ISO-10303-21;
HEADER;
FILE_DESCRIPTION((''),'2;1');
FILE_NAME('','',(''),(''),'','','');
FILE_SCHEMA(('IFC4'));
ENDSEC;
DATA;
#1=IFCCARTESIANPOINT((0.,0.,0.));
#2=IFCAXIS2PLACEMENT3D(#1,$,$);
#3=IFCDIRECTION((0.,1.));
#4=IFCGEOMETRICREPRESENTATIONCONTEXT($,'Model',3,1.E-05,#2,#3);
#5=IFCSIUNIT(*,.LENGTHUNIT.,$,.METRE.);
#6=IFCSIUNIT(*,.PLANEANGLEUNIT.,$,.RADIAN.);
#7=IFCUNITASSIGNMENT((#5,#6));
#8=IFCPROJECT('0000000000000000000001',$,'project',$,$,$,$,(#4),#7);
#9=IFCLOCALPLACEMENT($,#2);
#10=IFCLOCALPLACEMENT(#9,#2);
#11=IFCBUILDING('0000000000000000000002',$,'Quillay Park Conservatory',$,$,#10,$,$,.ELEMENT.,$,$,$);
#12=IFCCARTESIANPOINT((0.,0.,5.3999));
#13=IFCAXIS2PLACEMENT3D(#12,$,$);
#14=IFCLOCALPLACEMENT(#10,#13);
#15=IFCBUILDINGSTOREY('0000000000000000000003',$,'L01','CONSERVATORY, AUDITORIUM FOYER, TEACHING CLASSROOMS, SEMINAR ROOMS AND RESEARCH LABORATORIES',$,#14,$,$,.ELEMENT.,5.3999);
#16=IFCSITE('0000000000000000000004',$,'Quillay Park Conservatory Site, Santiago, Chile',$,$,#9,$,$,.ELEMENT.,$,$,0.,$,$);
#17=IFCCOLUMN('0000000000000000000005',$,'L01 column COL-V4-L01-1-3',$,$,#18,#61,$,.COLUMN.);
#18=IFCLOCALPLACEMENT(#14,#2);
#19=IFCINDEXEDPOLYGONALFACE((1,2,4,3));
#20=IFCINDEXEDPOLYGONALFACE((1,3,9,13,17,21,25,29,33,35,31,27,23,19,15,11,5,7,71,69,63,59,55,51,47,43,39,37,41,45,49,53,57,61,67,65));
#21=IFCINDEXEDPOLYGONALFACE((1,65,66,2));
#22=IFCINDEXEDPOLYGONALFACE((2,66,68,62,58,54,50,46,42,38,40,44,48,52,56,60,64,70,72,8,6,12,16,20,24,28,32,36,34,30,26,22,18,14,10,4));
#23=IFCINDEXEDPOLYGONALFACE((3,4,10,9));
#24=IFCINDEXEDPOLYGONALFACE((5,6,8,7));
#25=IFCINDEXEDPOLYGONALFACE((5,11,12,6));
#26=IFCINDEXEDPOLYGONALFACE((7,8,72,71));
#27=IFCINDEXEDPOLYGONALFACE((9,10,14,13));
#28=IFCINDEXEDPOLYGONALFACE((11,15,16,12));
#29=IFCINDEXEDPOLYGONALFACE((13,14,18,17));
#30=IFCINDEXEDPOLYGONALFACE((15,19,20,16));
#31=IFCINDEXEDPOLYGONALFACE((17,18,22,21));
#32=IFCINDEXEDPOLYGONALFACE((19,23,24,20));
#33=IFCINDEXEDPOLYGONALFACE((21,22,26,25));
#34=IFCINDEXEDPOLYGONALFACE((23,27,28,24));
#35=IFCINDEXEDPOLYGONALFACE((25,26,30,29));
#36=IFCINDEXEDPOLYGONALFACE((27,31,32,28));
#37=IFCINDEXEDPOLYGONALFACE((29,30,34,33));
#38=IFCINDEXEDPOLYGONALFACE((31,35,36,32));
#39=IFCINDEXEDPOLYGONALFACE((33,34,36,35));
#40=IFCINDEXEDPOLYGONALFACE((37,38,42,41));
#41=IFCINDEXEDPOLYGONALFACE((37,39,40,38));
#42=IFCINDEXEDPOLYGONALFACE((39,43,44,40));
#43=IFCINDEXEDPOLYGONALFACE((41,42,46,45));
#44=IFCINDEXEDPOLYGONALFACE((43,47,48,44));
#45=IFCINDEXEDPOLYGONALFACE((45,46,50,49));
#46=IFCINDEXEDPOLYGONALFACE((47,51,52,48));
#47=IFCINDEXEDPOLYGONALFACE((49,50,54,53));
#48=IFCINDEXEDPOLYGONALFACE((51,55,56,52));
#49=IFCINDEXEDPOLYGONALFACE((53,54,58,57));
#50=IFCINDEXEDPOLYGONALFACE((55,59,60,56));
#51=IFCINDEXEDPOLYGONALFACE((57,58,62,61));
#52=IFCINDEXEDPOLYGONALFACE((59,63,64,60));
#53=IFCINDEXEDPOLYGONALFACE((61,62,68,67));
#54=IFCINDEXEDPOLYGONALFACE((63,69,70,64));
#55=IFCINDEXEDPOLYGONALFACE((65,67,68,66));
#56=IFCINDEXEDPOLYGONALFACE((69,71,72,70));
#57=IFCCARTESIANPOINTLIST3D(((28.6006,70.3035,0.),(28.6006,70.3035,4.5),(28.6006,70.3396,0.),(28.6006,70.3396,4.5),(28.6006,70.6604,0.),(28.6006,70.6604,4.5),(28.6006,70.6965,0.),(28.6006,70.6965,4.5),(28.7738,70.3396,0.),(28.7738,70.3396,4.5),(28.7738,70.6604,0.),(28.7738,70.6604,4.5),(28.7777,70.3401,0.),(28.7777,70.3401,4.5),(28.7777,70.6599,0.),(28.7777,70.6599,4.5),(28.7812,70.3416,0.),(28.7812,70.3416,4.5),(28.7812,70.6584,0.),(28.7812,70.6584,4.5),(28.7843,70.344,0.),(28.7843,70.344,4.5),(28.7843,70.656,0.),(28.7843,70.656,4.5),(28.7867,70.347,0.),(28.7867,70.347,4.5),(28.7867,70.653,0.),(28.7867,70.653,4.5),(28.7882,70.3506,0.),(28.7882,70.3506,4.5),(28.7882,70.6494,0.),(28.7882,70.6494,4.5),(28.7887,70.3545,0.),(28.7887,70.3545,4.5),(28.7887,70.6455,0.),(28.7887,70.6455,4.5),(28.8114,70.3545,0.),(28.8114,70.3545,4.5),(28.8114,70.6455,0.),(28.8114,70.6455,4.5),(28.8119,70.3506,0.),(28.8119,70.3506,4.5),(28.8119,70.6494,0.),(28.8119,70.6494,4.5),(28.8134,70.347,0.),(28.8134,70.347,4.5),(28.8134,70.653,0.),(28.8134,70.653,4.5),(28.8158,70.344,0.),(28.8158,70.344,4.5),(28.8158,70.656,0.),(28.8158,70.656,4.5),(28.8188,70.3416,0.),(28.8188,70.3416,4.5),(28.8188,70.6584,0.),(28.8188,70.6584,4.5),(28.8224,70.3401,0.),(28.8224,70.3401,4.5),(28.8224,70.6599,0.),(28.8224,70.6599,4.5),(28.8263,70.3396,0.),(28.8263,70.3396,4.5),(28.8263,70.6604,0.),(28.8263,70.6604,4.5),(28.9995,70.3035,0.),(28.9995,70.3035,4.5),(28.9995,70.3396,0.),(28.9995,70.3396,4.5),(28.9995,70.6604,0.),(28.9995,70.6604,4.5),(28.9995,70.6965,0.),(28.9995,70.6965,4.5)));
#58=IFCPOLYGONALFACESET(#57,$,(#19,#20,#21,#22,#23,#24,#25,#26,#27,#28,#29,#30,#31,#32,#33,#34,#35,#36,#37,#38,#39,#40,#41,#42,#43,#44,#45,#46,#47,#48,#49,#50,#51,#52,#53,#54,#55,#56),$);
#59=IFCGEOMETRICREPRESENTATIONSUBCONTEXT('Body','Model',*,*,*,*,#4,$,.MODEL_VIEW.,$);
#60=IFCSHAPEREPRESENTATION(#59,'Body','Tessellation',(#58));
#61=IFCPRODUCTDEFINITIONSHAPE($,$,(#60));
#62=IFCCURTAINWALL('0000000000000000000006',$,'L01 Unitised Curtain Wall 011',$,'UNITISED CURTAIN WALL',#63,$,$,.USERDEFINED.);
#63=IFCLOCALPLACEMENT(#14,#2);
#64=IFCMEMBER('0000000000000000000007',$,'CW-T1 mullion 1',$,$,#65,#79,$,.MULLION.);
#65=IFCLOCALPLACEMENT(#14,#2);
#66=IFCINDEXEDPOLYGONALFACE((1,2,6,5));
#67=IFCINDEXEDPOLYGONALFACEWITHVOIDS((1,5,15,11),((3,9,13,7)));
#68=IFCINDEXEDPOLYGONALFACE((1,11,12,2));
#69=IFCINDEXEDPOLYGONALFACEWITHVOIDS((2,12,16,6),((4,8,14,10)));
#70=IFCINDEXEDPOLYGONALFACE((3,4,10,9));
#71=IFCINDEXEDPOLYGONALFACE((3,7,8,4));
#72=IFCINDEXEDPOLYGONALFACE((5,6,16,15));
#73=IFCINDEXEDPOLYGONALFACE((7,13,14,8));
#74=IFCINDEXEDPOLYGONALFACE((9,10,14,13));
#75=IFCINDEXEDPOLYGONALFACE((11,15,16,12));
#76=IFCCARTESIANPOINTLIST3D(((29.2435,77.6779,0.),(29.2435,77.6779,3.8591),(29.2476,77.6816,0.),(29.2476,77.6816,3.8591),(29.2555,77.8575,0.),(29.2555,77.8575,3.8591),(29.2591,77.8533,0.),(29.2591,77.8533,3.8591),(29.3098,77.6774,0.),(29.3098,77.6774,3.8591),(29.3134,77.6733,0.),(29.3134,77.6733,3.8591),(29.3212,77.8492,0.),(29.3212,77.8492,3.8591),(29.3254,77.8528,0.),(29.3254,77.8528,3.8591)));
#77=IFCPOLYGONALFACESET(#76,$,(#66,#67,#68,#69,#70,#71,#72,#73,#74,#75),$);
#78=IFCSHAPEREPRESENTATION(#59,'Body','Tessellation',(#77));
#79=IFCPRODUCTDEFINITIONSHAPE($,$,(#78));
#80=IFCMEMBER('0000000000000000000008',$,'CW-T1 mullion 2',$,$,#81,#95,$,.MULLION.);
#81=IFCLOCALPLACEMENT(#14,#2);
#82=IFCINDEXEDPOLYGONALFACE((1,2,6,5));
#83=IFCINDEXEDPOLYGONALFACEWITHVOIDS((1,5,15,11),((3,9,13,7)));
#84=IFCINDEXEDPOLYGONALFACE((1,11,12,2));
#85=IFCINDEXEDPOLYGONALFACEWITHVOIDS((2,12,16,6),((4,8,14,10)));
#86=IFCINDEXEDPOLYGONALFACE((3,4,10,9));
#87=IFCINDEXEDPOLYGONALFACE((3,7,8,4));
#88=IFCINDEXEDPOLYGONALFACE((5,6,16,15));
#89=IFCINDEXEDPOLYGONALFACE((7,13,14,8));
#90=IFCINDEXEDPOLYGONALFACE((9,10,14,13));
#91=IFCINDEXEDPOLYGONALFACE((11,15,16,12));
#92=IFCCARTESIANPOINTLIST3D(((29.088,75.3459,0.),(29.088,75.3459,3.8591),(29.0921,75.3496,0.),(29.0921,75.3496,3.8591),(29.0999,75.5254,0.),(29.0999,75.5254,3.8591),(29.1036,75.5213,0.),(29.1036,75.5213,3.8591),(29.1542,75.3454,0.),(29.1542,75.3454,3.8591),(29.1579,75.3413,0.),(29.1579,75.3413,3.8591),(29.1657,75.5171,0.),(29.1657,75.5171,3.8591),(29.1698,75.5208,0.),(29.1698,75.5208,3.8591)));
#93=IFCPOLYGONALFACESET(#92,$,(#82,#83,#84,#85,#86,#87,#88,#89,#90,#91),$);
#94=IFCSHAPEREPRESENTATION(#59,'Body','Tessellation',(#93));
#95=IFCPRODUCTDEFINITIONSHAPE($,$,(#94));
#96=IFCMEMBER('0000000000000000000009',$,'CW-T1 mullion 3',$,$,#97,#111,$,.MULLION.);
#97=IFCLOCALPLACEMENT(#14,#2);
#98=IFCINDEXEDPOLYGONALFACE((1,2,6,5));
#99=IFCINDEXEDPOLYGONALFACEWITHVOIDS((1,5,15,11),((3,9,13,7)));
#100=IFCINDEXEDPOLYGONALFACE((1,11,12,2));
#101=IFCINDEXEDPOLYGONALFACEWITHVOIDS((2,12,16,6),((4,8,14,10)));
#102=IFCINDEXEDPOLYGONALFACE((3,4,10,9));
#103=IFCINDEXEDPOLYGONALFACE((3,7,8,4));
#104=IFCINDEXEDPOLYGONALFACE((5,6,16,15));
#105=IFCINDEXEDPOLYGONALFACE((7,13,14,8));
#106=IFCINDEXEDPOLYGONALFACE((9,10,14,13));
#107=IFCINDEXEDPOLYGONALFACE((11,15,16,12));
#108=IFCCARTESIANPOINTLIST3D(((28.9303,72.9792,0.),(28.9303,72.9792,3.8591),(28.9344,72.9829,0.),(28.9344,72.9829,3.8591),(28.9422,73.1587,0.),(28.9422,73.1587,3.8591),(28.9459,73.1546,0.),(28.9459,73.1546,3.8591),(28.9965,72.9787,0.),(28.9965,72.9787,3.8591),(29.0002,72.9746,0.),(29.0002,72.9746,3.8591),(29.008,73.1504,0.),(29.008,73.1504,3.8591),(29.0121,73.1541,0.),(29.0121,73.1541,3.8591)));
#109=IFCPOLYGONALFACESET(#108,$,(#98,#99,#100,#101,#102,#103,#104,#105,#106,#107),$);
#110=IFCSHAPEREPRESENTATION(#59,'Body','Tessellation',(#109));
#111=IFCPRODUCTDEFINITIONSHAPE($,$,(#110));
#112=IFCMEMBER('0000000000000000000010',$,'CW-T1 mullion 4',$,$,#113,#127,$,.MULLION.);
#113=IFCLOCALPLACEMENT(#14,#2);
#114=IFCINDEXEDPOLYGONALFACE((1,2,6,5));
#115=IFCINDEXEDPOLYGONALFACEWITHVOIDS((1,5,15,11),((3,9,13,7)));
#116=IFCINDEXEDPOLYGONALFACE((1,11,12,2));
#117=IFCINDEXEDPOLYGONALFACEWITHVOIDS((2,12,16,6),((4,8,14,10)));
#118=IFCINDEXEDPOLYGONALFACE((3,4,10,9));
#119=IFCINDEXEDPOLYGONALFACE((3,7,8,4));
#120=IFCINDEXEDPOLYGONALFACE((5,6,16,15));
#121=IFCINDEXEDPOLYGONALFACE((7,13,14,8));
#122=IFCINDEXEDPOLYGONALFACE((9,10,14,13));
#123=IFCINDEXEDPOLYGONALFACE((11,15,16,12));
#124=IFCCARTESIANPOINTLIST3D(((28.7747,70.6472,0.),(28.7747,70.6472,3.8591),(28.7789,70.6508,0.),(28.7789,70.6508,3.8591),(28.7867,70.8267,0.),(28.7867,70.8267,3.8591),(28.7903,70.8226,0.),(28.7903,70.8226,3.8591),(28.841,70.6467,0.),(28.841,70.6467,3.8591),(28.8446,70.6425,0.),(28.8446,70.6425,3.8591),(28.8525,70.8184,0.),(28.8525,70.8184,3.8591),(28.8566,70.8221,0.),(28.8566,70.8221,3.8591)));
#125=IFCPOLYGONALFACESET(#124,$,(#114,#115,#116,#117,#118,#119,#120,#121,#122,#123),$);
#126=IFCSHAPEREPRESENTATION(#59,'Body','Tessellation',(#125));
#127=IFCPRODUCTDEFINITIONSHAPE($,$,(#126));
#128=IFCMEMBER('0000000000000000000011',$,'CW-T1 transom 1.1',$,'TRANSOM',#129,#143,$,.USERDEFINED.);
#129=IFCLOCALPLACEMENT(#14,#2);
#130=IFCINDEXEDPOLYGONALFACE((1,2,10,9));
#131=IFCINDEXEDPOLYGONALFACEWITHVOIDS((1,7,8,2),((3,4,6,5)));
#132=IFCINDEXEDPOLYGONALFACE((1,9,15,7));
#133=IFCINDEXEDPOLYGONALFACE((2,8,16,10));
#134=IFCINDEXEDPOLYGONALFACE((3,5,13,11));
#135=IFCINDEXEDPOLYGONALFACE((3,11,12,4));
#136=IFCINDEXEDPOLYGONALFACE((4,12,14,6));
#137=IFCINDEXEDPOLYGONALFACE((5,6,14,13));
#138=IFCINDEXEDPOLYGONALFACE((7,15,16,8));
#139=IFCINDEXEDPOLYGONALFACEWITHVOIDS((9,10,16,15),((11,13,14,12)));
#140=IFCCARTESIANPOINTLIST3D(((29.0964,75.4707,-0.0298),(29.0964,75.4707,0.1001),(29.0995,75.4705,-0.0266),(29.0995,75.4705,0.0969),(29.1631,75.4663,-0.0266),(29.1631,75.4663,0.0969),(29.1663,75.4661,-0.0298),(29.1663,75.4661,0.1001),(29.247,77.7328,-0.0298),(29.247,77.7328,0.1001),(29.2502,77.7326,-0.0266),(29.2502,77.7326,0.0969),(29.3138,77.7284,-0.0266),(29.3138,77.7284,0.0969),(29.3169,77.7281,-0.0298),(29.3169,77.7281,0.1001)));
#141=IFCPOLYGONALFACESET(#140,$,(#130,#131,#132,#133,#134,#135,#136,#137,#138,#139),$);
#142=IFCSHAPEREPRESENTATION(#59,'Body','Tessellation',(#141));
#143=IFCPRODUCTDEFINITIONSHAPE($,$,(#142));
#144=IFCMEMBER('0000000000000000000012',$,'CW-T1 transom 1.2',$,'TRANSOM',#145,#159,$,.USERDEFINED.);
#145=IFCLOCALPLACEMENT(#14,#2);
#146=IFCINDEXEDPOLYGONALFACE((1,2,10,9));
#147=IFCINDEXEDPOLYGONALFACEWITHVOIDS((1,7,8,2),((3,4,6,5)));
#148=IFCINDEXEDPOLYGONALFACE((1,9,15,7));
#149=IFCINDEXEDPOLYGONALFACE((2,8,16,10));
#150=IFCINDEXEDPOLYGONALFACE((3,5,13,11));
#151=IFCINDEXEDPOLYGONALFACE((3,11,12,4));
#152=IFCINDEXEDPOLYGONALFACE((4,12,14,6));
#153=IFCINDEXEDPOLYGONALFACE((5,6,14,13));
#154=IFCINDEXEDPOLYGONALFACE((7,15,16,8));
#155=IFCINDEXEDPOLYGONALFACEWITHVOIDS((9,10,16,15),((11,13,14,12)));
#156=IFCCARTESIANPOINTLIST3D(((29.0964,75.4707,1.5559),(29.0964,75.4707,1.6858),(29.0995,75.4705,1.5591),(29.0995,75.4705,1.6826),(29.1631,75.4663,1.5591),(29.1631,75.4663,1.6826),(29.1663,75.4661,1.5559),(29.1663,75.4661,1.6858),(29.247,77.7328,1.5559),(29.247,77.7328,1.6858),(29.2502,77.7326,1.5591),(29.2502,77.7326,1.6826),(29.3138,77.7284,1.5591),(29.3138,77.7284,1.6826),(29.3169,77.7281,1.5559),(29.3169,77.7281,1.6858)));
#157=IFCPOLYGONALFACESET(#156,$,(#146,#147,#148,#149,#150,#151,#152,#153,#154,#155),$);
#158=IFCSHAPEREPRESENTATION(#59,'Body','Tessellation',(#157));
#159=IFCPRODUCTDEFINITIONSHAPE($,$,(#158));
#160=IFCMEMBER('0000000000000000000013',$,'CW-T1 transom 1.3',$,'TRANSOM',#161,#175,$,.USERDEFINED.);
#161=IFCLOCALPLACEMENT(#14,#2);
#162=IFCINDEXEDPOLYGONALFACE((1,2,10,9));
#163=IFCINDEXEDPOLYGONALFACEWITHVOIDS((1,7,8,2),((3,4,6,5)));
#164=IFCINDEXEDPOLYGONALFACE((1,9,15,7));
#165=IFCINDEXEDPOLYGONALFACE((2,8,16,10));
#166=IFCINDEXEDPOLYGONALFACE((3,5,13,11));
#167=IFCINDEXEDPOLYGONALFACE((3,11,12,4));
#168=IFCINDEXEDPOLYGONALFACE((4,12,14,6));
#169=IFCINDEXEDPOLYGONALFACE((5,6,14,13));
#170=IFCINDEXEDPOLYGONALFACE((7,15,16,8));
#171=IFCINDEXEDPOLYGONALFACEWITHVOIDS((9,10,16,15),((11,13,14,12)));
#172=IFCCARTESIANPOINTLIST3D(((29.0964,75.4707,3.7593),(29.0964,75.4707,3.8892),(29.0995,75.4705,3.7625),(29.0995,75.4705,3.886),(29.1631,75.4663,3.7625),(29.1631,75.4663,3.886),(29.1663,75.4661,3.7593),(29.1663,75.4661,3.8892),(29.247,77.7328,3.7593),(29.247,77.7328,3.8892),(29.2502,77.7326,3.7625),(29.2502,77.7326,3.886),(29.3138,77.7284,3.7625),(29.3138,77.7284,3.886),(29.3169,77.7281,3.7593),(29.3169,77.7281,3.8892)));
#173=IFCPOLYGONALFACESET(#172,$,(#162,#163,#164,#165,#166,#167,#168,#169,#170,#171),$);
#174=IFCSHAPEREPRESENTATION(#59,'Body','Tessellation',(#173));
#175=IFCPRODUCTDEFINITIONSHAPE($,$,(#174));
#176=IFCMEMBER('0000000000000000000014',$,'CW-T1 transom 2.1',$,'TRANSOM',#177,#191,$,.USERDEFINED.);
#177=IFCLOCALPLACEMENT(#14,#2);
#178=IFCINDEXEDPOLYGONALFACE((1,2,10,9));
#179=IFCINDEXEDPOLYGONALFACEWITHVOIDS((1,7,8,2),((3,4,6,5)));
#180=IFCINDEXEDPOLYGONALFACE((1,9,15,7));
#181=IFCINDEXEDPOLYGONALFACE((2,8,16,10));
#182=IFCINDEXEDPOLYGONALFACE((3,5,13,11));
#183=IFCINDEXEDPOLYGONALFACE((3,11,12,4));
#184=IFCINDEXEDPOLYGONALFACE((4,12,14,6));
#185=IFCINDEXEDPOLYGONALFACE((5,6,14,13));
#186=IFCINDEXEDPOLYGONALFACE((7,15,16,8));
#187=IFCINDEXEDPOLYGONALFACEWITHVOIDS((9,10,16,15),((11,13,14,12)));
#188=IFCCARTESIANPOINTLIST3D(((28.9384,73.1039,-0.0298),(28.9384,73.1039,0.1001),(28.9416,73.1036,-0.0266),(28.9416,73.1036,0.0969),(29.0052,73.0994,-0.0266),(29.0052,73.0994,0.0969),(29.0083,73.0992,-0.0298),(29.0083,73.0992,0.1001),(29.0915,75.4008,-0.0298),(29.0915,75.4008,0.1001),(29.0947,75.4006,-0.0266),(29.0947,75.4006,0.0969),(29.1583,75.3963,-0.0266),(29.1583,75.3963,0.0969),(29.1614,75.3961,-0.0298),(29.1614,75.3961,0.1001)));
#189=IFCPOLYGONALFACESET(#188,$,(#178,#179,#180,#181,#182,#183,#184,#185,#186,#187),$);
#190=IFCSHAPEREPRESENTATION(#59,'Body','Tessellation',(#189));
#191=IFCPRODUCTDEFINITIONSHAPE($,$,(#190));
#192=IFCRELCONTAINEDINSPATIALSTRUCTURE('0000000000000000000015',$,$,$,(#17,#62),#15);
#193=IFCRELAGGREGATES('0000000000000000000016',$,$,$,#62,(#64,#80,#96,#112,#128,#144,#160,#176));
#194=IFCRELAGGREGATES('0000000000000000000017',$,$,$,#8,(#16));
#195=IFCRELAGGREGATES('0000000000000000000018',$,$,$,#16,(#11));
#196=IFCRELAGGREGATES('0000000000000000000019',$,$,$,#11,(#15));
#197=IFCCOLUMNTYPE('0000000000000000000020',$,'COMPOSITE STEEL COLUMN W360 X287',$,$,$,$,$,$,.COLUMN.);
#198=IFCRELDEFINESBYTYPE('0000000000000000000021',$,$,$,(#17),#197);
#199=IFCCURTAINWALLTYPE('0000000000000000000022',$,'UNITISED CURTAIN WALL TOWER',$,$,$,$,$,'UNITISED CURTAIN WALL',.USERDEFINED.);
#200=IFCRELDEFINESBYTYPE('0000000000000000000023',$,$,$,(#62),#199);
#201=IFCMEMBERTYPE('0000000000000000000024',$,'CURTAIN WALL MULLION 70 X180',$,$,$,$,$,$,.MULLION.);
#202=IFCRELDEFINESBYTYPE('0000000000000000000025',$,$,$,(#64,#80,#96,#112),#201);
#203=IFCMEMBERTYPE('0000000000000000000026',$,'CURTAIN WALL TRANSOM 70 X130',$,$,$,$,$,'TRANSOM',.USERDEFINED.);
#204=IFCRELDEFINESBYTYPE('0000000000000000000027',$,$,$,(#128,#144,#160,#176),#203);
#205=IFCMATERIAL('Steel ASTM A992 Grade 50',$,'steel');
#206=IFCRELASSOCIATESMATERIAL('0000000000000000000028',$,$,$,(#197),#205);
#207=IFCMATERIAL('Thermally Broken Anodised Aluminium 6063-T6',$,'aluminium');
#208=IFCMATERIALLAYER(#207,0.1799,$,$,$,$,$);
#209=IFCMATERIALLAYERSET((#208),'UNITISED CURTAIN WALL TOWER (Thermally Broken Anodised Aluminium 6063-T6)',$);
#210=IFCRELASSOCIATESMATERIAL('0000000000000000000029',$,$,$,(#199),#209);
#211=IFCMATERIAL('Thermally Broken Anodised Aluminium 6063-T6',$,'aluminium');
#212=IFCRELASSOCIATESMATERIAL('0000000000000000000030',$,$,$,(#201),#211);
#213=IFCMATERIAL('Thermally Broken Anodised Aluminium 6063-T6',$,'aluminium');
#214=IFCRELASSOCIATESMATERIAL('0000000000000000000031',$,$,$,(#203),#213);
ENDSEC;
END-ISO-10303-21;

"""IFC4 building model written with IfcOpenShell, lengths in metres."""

from ifc_helpers import new_model, si_unit, direction, frame, origin, origin_2d, place, context, subcontext, project, spatial, hollow_rectangle, i_section, extrude, material, layer, layer_set, material_profile, profile_set, type_object, element, aggregate, save


model = new_model("IFC4")

# Units and contexts
model_context = context("Model", 3, precision=1e-05, world=origin(), true_north=direction((0.0, 1.0)))
body_context = subcontext(model_context, "Body", "Model", "MODEL_VIEW")
ifc_project = project(units=[si_unit("LENGTHUNIT", "METRE"), si_unit("PLANEANGLEUNIT", "RADIAN")], contexts=[model_context])

# Site, building, storey
site_placement = place(None, origin())
site = spatial("IfcSite", under=ifc_project, at=site_placement, Name="Quillay Park Conservatory Site, Santiago, Chile", CompositionType="ELEMENT", RefElevation=0.0)
building_placement = place(site_placement, origin())
building = spatial("IfcBuilding", under=site, at=building_placement, Name="Quillay Park Conservatory", CompositionType="ELEMENT")
storey_placement = place(building_placement, frame((0.0, 0.0, 5.3999)))
storey = spatial("IfcBuildingStorey", under=building, at=storey_placement, Name="L01", Description="CONSERVATORY, AUDITORIUM FOYER, TEACHING CLASSROOMS, SEMINAR ROOMS AND RESEARCH LABORATORIES", CompositionType="ELEMENT", Elevation=5.3999)

# Column
ifc_material_1 = material(Name="Steel ASTM A992 Grade 50", Category="steel")
ifc_material_profile_1 = material_profile(ifc_material_1, i_section(OverallWidth=0.3989, OverallDepth=0.3931, WebThickness=0.0227, FlangeThickness=0.0361, FilletRadius=0.0149, at=origin_2d()), Name="W360x287")
ifc_profile_set_1 = profile_set([ifc_material_profile_1], Name="Steel ASTM A992 Grade 50")
column_type = type_object("IfcColumnType", Name="COMPOSITE STEEL COLUMN W360 X287", PredefinedType="COLUMN", material=ifc_profile_set_1)
column_placement = place(storey_placement, frame((28.8, 70.5, 0.0), z_axis=(0.0, 0.0, 1.0), x_axis=(1.0, 0.0, 0.0)))
element("IfcColumn", 1, at=column_placement, inside=storey, type_object=column_type, Name="L01 column COL-V4-L01-1-3", PredefinedType="COLUMN", context=body_context, shape_type="SweptSolid", body=[
    extrude(i_section(OverallWidth=0.3989, OverallDepth=0.3931, WebThickness=0.0227, FlangeThickness=0.0361, FilletRadius=0.0149, at=origin_2d()), origin(), (0.0, 0.0, 1.0), 4.5),
])

# Curtain wall, members
ifc_material_2 = material(Name="Thermally Broken Anodised Aluminium 6063-T6", Category="aluminium")
ifc_layer_1 = layer(ifc_material_2, 0.1799)
ifc_layer_set_1 = layer_set([ifc_layer_1], Name="UNITISED CURTAIN WALL TOWER (Thermally Broken Anodised Aluminium 6063-T6)")
curtain_wall_type = type_object("IfcCurtainWallType", Name="UNITISED CURTAIN WALL TOWER", ElementType="UNITISED CURTAIN WALL", PredefinedType="USERDEFINED", material=ifc_layer_set_1)
curtain_wall_placement = place(storey_placement, origin())
curtain_wall = element("IfcCurtainWall", 2, at=curtain_wall_placement, inside=storey, type_object=curtain_wall_type, Name="L01 Unitised Curtain Wall 011", ObjectType="UNITISED CURTAIN WALL", PredefinedType="USERDEFINED")
ifc_material_3 = material(Name="Thermally Broken Anodised Aluminium 6063-T6", Category="aluminium")
ifc_material_profile_2 = material_profile(ifc_material_3, hollow_rectangle(XDim=0.0701, YDim=0.1799, WallThickness=0.0039, at=origin_2d()), Name="AL70x180x4")
ifc_profile_set_2 = profile_set([ifc_material_profile_2], Name="Thermally Broken Anodised Aluminium 6063-T6")
member_type_1 = type_object("IfcMemberType", Name="CURTAIN WALL MULLION 70 X180", PredefinedType="MULLION", material=ifc_profile_set_2)
member_1_placement = place(storey_placement, frame((29.2844, 77.7654, 0.0), z_axis=(0.0, 0.0, 1.0), x_axis=(0.997785, -0.066521, 0.0)))
member_1 = element("IfcMember", 3, at=member_1_placement, type_object=member_type_1, Name="CW-T1 mullion 1", PredefinedType="MULLION", context=body_context, shape_type="SweptSolid", body=[
    extrude(hollow_rectangle(XDim=0.0701, YDim=0.1799, WallThickness=0.0039, at=origin_2d()), origin(), (0.0, 0.0, 1.0), 3.8591),
])
member_2_placement = place(storey_placement, frame((29.1289, 75.4333, 0.0), z_axis=(0.0, 0.0, 1.0), x_axis=(0.997785, -0.066521, 0.0)))
member_2 = element("IfcMember", 4, at=member_2_placement, type_object=member_type_1, Name="CW-T1 mullion 2", PredefinedType="MULLION", context=body_context, shape_type="SweptSolid", body=[
    extrude(hollow_rectangle(XDim=0.0701, YDim=0.1799, WallThickness=0.0039, at=origin_2d()), origin(), (0.0, 0.0, 1.0), 3.8591),
])
member_3_placement = place(storey_placement, frame((28.9712, 73.0667, 0.0), z_axis=(0.0, 0.0, 1.0), x_axis=(0.997785, -0.066521, 0.0)))
member_3 = element("IfcMember", 5, at=member_3_placement, type_object=member_type_1, Name="CW-T1 mullion 3", PredefinedType="MULLION", context=body_context, shape_type="SweptSolid", body=[
    extrude(hollow_rectangle(XDim=0.0701, YDim=0.1799, WallThickness=0.0039, at=origin_2d()), origin(), (0.0, 0.0, 1.0), 3.8591),
])
member_4_placement = place(storey_placement, frame((28.8157, 70.7346, 0.0), z_axis=(0.0, 0.0, 1.0), x_axis=(0.997785, -0.066521, 0.0)))
member_4 = element("IfcMember", 6, at=member_4_placement, type_object=member_type_1, Name="CW-T1 mullion 4", PredefinedType="MULLION", context=body_context, shape_type="SweptSolid", body=[
    extrude(hollow_rectangle(XDim=0.0701, YDim=0.1799, WallThickness=0.0039, at=origin_2d()), origin(), (0.0, 0.0, 1.0), 3.8591),
])
ifc_material_4 = material(Name="Thermally Broken Anodised Aluminium 6063-T6", Category="aluminium")
ifc_material_profile_3 = material_profile(ifc_material_4, hollow_rectangle(XDim=0.0701, YDim=0.1299, WallThickness=0.0032, at=origin_2d()), Name="AL70x130x3.2")
ifc_profile_set_3 = profile_set([ifc_material_profile_3], Name="Thermally Broken Anodised Aluminium 6063-T6")
member_type_2 = type_object("IfcMemberType", Name="CURTAIN WALL TRANSOM 70 X130", ElementType="TRANSOM", PredefinedType="USERDEFINED", material=ifc_profile_set_3)
member_5_placement = place(storey_placement, frame((29.282, 77.7305, 0.0352), z_axis=(-0.066448, -0.99779, 0.0), x_axis=(0.99779, -0.066448, 0.0)))
member_5 = element("IfcMember", 7, at=member_5_placement, type_object=member_type_2, Name="CW-T1 transom 1.1", ObjectType="TRANSOM", PredefinedType="USERDEFINED", context=body_context, shape_type="SweptSolid", body=[
    extrude(hollow_rectangle(XDim=0.0701, YDim=0.1299, WallThickness=0.0032, at=origin_2d()), origin(), (0.0, 0.0, 1.0), 2.2671),
])
member_6_placement = place(storey_placement, frame((29.282, 77.7305, 1.6208), z_axis=(-0.066448, -0.99779, 0.0), x_axis=(0.99779, -0.066448, 0.0)))
member_6 = element("IfcMember", 8, at=member_6_placement, type_object=member_type_2, Name="CW-T1 transom 1.2", ObjectType="TRANSOM", PredefinedType="USERDEFINED", context=body_context, shape_type="SweptSolid", body=[
    extrude(hollow_rectangle(XDim=0.0701, YDim=0.1299, WallThickness=0.0032, at=origin_2d()), origin(), (0.0, 0.0, 1.0), 2.2671),
])
member_7_placement = place(storey_placement, frame((29.282, 77.7305, 3.8242), z_axis=(-0.066448, -0.99779, 0.0), x_axis=(0.99779, -0.066448, 0.0)))
member_7 = element("IfcMember", 9, at=member_7_placement, type_object=member_type_2, Name="CW-T1 transom 1.3", ObjectType="TRANSOM", PredefinedType="USERDEFINED", context=body_context, shape_type="SweptSolid", body=[
    extrude(hollow_rectangle(XDim=0.0701, YDim=0.1299, WallThickness=0.0032, at=origin_2d()), origin(), (0.0, 0.0, 1.0), 2.2671),
])
member_8_placement = place(storey_placement, frame((29.1265, 75.3984, 0.0352), z_axis=(-0.066498, -0.997787, 0.0), x_axis=(0.997787, -0.066498, 0.0)))
member_8 = element("IfcMember", 10, at=member_8_placement, type_object=member_type_2, Name="CW-T1 transom 2.1", ObjectType="TRANSOM", PredefinedType="USERDEFINED", context=body_context, shape_type="SweptSolid", body=[
    extrude(hollow_rectangle(XDim=0.0701, YDim=0.1299, WallThickness=0.0032, at=origin_2d()), origin(), (0.0, 0.0, 1.0), 2.302),
])

aggregate(curtain_wall, [member_1, member_2, member_3, member_4, member_5, member_6, member_7, member_8])

save(model, "model.ifc")
